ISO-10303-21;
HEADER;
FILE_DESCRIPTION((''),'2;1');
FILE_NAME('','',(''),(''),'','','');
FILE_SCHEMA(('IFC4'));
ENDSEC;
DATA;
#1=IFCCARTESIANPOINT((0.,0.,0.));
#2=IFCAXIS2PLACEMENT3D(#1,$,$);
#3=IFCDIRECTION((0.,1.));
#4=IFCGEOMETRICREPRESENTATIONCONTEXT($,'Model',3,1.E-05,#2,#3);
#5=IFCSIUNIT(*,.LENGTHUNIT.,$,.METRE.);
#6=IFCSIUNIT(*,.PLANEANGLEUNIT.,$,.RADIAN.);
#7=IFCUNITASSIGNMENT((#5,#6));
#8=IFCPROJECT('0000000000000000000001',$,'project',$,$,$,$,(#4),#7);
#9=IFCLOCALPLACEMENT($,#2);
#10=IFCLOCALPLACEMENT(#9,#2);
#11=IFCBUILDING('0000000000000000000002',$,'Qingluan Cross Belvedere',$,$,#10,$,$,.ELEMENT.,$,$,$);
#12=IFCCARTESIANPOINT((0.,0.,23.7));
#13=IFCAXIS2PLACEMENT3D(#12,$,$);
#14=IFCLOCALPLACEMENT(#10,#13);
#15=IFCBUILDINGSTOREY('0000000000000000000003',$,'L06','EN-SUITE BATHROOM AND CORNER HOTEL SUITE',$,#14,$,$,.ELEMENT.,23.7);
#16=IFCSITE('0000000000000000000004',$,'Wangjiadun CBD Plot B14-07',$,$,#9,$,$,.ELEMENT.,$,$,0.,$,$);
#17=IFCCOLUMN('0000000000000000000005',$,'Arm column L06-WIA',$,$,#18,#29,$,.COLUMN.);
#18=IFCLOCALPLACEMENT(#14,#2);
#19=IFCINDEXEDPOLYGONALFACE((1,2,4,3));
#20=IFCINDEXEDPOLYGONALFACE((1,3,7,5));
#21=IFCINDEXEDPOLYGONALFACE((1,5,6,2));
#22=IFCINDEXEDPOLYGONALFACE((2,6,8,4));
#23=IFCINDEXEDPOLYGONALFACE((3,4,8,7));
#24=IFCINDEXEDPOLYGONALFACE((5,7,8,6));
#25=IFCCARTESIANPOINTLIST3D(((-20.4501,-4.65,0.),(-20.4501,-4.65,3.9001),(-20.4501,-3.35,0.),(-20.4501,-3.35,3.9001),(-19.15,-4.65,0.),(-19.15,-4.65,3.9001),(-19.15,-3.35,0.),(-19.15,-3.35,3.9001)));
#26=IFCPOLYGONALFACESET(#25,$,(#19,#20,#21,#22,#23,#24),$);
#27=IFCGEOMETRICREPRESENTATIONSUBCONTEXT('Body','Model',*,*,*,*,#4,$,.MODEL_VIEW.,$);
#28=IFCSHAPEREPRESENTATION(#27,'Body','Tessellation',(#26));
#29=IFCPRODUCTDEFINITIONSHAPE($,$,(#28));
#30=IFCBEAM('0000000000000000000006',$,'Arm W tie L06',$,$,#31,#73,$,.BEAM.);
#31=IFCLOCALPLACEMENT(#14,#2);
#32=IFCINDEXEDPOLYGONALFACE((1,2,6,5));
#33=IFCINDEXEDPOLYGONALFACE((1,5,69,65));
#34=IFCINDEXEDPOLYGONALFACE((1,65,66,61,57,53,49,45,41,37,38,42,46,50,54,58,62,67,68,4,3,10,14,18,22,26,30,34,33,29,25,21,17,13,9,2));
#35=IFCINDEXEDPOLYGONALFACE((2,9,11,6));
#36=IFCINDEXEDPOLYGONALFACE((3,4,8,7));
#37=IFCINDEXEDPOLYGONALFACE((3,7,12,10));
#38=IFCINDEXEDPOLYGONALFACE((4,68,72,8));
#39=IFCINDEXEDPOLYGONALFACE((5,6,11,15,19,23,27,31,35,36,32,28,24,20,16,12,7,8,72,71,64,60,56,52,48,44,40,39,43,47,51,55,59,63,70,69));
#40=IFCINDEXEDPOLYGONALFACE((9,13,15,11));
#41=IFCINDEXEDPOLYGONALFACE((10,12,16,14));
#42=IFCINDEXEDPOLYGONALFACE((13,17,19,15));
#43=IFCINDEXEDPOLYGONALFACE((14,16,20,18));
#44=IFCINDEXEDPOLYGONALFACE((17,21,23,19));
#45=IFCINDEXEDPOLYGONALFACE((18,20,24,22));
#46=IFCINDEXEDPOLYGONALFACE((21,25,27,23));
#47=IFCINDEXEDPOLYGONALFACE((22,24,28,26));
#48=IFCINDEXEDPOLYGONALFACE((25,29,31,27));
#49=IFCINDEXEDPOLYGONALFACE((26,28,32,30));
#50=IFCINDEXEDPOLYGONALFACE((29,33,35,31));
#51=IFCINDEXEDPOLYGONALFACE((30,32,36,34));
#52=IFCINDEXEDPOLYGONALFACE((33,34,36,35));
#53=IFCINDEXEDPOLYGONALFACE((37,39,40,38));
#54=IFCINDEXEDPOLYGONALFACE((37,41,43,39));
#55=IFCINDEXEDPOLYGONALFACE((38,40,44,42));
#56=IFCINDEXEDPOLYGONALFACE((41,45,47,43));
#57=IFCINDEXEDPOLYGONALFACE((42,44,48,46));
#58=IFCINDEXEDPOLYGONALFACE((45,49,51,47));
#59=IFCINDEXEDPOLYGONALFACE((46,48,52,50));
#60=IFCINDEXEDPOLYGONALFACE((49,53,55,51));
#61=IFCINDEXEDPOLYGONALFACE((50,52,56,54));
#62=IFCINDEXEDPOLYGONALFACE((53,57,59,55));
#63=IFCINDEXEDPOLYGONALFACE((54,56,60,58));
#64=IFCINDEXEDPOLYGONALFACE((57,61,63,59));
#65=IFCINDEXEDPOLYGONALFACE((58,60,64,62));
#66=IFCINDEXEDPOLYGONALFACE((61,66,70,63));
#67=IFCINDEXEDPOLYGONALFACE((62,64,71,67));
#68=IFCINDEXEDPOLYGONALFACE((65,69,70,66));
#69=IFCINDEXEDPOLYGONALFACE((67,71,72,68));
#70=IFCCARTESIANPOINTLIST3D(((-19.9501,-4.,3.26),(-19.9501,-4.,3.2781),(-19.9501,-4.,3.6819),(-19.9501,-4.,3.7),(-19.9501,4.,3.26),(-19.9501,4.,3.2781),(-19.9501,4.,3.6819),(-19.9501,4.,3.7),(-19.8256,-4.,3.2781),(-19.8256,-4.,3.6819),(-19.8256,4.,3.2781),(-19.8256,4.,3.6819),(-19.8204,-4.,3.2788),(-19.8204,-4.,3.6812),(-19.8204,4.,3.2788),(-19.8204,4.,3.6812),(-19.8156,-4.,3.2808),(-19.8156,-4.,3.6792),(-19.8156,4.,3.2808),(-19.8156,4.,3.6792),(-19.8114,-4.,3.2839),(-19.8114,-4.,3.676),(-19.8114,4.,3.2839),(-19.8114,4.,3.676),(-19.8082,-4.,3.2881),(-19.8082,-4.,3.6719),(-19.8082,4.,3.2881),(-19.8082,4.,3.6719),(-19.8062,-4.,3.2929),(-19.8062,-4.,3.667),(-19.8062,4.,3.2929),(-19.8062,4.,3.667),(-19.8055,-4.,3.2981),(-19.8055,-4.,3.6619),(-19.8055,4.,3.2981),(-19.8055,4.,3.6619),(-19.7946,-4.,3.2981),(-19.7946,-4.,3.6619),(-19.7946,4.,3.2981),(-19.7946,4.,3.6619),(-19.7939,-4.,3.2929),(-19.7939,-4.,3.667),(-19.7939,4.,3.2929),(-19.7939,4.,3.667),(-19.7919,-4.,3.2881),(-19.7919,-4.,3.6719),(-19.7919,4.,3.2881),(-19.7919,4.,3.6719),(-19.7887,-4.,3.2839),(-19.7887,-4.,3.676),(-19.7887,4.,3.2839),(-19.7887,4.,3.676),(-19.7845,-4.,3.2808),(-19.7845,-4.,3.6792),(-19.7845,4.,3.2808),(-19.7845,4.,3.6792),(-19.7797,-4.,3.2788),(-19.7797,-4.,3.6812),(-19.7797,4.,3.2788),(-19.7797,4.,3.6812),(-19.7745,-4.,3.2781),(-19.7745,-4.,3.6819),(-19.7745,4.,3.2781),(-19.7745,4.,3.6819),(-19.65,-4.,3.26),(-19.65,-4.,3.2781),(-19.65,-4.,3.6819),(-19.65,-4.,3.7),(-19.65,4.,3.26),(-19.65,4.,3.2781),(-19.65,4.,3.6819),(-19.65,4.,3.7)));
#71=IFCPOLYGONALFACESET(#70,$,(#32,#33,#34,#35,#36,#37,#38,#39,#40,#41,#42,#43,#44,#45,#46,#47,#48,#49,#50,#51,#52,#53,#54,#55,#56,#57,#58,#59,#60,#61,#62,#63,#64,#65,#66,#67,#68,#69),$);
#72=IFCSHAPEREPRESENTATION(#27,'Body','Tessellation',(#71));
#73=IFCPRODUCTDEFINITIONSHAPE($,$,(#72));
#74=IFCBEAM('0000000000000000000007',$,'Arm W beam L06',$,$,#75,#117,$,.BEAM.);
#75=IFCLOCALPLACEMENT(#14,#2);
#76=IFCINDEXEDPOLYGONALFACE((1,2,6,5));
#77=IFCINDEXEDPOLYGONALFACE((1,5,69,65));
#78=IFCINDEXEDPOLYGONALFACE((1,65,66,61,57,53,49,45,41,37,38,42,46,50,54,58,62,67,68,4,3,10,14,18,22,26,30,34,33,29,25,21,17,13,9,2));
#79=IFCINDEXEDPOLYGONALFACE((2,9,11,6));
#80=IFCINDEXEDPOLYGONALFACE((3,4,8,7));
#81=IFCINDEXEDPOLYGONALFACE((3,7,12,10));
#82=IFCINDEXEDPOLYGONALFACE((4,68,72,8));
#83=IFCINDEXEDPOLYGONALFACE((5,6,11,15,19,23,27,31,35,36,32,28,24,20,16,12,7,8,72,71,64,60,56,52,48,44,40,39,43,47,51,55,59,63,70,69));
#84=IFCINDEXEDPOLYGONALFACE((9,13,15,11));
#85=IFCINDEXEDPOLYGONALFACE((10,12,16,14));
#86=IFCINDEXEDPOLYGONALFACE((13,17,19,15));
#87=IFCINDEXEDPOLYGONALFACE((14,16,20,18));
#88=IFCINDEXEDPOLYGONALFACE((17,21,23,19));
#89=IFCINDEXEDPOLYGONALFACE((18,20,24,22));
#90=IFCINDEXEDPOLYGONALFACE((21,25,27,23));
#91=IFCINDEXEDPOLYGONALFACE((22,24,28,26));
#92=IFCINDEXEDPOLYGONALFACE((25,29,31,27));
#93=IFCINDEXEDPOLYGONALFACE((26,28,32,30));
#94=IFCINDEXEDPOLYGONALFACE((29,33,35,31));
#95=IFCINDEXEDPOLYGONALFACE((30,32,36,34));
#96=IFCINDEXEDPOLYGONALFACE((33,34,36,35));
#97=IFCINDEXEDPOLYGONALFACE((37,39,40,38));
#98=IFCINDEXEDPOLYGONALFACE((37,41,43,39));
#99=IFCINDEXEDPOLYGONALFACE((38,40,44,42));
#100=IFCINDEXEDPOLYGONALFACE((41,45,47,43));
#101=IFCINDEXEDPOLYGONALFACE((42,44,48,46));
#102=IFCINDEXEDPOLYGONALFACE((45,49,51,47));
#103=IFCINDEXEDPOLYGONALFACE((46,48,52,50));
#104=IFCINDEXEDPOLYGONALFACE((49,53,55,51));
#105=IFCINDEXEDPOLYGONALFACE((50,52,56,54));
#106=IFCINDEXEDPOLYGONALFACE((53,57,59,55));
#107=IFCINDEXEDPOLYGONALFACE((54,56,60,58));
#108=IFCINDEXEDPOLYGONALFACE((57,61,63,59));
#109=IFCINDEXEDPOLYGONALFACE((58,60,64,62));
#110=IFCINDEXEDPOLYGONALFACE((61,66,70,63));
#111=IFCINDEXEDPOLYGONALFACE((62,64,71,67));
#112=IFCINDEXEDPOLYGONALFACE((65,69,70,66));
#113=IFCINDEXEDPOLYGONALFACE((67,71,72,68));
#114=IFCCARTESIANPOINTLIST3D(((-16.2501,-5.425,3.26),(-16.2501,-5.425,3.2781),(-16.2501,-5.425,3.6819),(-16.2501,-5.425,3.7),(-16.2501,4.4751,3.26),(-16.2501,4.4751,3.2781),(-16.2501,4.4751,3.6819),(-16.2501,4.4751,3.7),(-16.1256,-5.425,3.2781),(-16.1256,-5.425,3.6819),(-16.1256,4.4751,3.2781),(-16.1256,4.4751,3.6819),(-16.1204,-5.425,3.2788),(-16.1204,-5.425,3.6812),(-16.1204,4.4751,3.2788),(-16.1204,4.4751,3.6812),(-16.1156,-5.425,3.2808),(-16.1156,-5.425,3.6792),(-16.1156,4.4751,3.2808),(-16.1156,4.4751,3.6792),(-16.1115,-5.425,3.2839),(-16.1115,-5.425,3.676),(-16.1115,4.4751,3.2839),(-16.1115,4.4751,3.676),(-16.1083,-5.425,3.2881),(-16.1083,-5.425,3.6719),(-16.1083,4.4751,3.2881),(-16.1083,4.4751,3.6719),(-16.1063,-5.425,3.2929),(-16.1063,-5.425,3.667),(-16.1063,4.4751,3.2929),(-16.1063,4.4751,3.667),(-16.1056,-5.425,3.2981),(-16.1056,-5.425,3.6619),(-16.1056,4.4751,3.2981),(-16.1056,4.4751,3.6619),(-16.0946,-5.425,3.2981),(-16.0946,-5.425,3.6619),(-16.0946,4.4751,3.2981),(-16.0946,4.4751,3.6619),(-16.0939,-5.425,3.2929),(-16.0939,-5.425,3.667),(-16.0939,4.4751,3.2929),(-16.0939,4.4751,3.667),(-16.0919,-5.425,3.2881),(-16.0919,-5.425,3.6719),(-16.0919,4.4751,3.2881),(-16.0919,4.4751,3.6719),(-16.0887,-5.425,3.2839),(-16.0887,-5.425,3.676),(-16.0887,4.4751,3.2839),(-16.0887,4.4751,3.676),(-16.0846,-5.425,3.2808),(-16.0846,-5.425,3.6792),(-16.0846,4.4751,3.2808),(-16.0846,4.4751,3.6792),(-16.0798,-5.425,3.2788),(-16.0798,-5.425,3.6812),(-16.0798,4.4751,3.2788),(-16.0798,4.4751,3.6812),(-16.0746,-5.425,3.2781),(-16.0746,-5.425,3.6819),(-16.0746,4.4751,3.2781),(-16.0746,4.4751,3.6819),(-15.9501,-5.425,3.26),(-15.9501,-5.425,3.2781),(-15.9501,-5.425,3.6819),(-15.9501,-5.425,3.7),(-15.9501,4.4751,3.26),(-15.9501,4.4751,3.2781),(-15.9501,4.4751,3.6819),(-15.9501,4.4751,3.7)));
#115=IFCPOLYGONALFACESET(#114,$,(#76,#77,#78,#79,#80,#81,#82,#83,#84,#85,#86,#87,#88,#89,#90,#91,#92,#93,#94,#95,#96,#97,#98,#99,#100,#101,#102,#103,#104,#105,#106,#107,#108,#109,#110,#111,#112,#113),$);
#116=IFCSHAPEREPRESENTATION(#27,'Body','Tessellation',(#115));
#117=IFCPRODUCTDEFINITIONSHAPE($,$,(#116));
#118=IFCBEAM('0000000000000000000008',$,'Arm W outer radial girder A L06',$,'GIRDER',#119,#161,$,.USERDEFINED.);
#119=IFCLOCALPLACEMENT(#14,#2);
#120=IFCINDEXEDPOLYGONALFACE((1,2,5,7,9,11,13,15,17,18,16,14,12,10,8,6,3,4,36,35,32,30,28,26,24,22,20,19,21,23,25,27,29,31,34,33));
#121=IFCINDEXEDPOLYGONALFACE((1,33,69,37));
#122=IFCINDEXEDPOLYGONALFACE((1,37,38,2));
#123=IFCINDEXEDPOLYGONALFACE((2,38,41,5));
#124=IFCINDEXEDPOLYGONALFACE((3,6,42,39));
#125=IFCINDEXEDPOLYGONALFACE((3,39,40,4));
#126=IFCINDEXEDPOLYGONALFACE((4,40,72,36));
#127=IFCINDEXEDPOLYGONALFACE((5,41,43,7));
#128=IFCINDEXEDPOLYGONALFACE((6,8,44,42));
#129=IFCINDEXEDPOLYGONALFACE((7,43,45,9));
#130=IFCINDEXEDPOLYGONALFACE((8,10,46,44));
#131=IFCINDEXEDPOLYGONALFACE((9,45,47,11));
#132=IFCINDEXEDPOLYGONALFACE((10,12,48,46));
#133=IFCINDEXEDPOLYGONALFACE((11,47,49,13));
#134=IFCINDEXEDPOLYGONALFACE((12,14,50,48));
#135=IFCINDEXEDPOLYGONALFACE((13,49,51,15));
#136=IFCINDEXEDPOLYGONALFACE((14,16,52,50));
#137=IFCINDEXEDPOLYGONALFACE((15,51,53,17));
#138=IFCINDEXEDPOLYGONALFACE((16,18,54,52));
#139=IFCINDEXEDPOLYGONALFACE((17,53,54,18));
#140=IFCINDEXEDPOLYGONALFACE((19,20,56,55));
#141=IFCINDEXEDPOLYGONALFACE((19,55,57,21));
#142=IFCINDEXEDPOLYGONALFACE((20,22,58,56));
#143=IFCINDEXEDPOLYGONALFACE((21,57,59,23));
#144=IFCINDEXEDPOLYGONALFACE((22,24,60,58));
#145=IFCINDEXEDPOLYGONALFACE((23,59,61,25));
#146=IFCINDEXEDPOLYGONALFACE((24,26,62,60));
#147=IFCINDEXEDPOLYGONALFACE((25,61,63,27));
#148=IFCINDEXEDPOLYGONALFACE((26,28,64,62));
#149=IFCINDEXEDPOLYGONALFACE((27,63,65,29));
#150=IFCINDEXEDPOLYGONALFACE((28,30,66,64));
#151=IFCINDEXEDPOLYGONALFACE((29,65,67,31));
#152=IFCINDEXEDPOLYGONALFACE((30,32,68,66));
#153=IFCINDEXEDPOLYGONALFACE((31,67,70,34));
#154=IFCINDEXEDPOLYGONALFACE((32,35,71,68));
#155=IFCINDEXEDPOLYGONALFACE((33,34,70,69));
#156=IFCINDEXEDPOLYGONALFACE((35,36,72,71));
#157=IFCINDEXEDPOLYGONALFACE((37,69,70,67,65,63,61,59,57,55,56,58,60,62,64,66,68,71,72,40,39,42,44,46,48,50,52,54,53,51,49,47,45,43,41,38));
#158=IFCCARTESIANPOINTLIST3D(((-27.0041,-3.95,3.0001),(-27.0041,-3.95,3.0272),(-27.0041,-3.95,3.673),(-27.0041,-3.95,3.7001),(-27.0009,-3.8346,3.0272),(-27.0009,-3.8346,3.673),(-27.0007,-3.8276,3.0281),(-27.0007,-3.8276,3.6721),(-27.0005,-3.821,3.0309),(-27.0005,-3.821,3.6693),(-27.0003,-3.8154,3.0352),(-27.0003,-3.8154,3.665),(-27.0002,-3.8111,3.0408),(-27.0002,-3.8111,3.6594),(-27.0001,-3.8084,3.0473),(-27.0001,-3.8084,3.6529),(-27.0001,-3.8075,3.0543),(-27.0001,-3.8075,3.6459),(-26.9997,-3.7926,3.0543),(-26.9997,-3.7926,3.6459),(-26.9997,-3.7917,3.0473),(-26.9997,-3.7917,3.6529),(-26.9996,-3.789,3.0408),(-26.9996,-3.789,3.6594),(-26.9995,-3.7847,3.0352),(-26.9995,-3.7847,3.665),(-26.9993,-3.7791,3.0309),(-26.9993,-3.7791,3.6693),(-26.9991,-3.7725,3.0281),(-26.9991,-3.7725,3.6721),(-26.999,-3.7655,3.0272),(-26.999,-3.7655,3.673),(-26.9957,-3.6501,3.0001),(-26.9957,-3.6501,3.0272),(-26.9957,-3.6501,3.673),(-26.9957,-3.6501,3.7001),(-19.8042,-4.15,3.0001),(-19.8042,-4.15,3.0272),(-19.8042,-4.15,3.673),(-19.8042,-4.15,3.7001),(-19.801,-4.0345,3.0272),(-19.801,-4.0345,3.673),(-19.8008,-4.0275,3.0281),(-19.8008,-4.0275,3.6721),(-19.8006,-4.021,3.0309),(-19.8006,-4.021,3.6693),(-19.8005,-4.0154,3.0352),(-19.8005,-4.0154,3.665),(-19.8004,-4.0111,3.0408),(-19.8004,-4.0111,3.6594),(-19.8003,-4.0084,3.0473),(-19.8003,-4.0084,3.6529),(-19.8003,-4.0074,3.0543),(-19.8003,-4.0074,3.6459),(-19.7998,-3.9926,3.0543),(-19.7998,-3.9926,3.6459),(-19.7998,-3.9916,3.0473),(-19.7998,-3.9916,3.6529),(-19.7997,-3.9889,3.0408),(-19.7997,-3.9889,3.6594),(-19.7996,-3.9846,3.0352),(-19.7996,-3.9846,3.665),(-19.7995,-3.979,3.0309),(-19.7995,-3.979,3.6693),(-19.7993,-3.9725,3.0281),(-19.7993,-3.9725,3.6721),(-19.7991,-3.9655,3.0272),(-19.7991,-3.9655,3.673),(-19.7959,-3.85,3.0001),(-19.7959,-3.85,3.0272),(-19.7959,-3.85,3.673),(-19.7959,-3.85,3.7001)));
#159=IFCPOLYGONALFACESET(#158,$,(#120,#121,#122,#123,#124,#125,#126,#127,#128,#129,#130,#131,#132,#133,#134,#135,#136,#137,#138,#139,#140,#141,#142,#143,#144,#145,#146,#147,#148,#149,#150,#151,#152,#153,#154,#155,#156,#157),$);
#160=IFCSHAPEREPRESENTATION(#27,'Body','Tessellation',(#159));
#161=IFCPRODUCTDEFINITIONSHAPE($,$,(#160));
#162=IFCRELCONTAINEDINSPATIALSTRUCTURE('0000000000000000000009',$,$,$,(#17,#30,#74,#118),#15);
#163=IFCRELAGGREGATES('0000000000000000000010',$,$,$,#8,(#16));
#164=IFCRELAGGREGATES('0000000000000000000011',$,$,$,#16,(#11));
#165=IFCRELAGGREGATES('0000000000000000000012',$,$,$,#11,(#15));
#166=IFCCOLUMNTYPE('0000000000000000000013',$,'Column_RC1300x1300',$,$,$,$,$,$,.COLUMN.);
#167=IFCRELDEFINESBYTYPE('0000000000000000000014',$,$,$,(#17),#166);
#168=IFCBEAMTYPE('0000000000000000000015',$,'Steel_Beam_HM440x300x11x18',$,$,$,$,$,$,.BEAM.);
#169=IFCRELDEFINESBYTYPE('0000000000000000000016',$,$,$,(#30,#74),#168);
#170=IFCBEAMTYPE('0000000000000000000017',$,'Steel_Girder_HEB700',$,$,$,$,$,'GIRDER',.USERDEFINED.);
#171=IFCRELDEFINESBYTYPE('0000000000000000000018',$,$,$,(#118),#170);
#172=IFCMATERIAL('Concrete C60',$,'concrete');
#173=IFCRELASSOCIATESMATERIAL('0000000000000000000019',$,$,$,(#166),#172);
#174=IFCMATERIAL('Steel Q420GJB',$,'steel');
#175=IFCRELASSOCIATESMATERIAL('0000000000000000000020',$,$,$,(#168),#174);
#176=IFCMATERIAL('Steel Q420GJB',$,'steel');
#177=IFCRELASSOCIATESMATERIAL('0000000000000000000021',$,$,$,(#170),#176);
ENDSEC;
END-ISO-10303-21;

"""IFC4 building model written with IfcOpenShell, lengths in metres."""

from ifc_helpers import new_model, si_unit, direction, frame, origin, origin_2d, place, context, subcontext, project, spatial, rectangle, i_section, extrude, material, material_profile, profile_set, type_object, element, save


model = new_model("IFC4")

# Units and contexts
model_context = context("Model", 3, precision=1e-05, world=origin(), true_north=direction((0.0, 1.0)))
body_context = subcontext(model_context, "Body", "Model", "MODEL_VIEW")
ifc_project = project(units=[si_unit("LENGTHUNIT", "METRE"), si_unit("PLANEANGLEUNIT", "RADIAN")], contexts=[model_context])

# Site, building, storey
site_placement = place(None, origin())
site = spatial("IfcSite", under=ifc_project, at=site_placement, Name="Wangjiadun CBD Plot B14-07", CompositionType="ELEMENT", RefElevation=0.0)
building_placement = place(site_placement, origin())
building = spatial("IfcBuilding", under=site, at=building_placement, Name="Qingluan Cross Belvedere", CompositionType="ELEMENT")
storey_placement = place(building_placement, frame((0.0, 0.0, 23.7)))
storey = spatial("IfcBuildingStorey", under=building, at=storey_placement, Name="L06", Description="EN-SUITE BATHROOM AND CORNER HOTEL SUITE", CompositionType="ELEMENT", Elevation=23.7)

# Column
ifc_material_1 = material(Name="Concrete C60", Category="concrete")
ifc_material_profile_1 = material_profile(ifc_material_1, rectangle(XDim=1.3, YDim=1.3, at=origin_2d()), Name="RC1300x1300")
ifc_profile_set_1 = profile_set([ifc_material_profile_1], Name="Concrete C60")
column_type = type_object("IfcColumnType", Name="Column_RC1300x1300", PredefinedType="COLUMN", material=ifc_profile_set_1)
column_placement = place(storey_placement, frame((-19.8, -4.0, 0.0), z_axis=(0.0, 0.0, 1.0), x_axis=(1.0, 0.0, 0.0)))
element("IfcColumn", 1, at=column_placement, inside=storey, type_object=column_type, Name="Arm column L06-WIA", PredefinedType="COLUMN", context=body_context, shape_type="SweptSolid", body=[
    extrude(rectangle(XDim=1.3, YDim=1.3, at=origin_2d()), origin(), (0.0, 0.0, 1.0), 3.9001),
])

# Beams
ifc_material_2 = material(Name="Steel Q420GJB", Category="steel")
ifc_material_profile_2 = material_profile(ifc_material_2, i_section(OverallWidth=0.3, OverallDepth=0.4399, WebThickness=0.011, FlangeThickness=0.0181, FilletRadius=0.02, at=origin_2d()), Name="HM440x300x11x18")
ifc_profile_set_2 = profile_set([ifc_material_profile_2], Name="Steel Q420GJB")
beam_type_1 = type_object("IfcBeamType", Name="Steel_Beam_HM440x300x11x18", PredefinedType="BEAM", material=ifc_profile_set_2)
beam_1_placement = place(storey_placement, frame((-19.8, -4.0, 3.48), z_axis=(0.0, 1.0, 0.0), x_axis=(-1.0, 0.0, 0.0)))
element("IfcBeam", 2, at=beam_1_placement, inside=storey, type_object=beam_type_1, Name="Arm W tie L06", PredefinedType="BEAM", context=body_context, shape_type="SweptSolid", body=[
    extrude(i_section(OverallWidth=0.3, OverallDepth=0.4399, WebThickness=0.011, FlangeThickness=0.0181, FilletRadius=0.02, at=origin_2d()), origin(), (0.0, 0.0, 1.0), 8.0),
])
beam_2_placement = place(storey_placement, frame((-16.1001, -5.425, 3.48), z_axis=(0.0, 1.0, 0.0), x_axis=(-1.0, 0.0, 0.0)))
element("IfcBeam", 3, at=beam_2_placement, inside=storey, type_object=beam_type_1, Name="Arm W beam L06", PredefinedType="BEAM", context=body_context, shape_type="SweptSolid", body=[
    extrude(i_section(OverallWidth=0.3, OverallDepth=0.4399, WebThickness=0.011, FlangeThickness=0.0181, FilletRadius=0.02, at=origin_2d()), origin(), (0.0, 0.0, 1.0), 9.9001),
])
ifc_material_3 = material(Name="Steel Q420GJB", Category="steel")
ifc_material_profile_3 = material_profile(ifc_material_3, i_section(OverallWidth=0.3, OverallDepth=0.7, WebThickness=0.0149, FlangeThickness=0.0271, FilletRadius=0.0271, at=origin_2d()), Name="HEB700")
ifc_profile_set_3 = profile_set([ifc_material_profile_3], Name="Steel Q420GJB")
beam_type_2 = type_object("IfcBeamType", Name="Steel_Girder_HEB700", ElementType="GIRDER", PredefinedType="USERDEFINED", material=ifc_profile_set_3)
beam_3_placement = place(storey_placement, frame((-19.8, -4.0, 3.3501), z_axis=(-0.999615, 0.02776, 0.0), x_axis=(-0.02776, -0.999615, 0.0)))
element("IfcBeam", 4, at=beam_3_placement, inside=storey, type_object=beam_type_2, Name="Arm W outer radial girder A L06", ObjectType="GIRDER", PredefinedType="USERDEFINED", context=body_context, shape_type="SweptSolid", body=[
    extrude(i_section(OverallWidth=0.3, OverallDepth=0.7, WebThickness=0.0149, FlangeThickness=0.0271, FilletRadius=0.0271, at=origin_2d()), origin(), (0.0, 0.0, 1.0), 7.2026),
])

save(model, "model.ifc")
